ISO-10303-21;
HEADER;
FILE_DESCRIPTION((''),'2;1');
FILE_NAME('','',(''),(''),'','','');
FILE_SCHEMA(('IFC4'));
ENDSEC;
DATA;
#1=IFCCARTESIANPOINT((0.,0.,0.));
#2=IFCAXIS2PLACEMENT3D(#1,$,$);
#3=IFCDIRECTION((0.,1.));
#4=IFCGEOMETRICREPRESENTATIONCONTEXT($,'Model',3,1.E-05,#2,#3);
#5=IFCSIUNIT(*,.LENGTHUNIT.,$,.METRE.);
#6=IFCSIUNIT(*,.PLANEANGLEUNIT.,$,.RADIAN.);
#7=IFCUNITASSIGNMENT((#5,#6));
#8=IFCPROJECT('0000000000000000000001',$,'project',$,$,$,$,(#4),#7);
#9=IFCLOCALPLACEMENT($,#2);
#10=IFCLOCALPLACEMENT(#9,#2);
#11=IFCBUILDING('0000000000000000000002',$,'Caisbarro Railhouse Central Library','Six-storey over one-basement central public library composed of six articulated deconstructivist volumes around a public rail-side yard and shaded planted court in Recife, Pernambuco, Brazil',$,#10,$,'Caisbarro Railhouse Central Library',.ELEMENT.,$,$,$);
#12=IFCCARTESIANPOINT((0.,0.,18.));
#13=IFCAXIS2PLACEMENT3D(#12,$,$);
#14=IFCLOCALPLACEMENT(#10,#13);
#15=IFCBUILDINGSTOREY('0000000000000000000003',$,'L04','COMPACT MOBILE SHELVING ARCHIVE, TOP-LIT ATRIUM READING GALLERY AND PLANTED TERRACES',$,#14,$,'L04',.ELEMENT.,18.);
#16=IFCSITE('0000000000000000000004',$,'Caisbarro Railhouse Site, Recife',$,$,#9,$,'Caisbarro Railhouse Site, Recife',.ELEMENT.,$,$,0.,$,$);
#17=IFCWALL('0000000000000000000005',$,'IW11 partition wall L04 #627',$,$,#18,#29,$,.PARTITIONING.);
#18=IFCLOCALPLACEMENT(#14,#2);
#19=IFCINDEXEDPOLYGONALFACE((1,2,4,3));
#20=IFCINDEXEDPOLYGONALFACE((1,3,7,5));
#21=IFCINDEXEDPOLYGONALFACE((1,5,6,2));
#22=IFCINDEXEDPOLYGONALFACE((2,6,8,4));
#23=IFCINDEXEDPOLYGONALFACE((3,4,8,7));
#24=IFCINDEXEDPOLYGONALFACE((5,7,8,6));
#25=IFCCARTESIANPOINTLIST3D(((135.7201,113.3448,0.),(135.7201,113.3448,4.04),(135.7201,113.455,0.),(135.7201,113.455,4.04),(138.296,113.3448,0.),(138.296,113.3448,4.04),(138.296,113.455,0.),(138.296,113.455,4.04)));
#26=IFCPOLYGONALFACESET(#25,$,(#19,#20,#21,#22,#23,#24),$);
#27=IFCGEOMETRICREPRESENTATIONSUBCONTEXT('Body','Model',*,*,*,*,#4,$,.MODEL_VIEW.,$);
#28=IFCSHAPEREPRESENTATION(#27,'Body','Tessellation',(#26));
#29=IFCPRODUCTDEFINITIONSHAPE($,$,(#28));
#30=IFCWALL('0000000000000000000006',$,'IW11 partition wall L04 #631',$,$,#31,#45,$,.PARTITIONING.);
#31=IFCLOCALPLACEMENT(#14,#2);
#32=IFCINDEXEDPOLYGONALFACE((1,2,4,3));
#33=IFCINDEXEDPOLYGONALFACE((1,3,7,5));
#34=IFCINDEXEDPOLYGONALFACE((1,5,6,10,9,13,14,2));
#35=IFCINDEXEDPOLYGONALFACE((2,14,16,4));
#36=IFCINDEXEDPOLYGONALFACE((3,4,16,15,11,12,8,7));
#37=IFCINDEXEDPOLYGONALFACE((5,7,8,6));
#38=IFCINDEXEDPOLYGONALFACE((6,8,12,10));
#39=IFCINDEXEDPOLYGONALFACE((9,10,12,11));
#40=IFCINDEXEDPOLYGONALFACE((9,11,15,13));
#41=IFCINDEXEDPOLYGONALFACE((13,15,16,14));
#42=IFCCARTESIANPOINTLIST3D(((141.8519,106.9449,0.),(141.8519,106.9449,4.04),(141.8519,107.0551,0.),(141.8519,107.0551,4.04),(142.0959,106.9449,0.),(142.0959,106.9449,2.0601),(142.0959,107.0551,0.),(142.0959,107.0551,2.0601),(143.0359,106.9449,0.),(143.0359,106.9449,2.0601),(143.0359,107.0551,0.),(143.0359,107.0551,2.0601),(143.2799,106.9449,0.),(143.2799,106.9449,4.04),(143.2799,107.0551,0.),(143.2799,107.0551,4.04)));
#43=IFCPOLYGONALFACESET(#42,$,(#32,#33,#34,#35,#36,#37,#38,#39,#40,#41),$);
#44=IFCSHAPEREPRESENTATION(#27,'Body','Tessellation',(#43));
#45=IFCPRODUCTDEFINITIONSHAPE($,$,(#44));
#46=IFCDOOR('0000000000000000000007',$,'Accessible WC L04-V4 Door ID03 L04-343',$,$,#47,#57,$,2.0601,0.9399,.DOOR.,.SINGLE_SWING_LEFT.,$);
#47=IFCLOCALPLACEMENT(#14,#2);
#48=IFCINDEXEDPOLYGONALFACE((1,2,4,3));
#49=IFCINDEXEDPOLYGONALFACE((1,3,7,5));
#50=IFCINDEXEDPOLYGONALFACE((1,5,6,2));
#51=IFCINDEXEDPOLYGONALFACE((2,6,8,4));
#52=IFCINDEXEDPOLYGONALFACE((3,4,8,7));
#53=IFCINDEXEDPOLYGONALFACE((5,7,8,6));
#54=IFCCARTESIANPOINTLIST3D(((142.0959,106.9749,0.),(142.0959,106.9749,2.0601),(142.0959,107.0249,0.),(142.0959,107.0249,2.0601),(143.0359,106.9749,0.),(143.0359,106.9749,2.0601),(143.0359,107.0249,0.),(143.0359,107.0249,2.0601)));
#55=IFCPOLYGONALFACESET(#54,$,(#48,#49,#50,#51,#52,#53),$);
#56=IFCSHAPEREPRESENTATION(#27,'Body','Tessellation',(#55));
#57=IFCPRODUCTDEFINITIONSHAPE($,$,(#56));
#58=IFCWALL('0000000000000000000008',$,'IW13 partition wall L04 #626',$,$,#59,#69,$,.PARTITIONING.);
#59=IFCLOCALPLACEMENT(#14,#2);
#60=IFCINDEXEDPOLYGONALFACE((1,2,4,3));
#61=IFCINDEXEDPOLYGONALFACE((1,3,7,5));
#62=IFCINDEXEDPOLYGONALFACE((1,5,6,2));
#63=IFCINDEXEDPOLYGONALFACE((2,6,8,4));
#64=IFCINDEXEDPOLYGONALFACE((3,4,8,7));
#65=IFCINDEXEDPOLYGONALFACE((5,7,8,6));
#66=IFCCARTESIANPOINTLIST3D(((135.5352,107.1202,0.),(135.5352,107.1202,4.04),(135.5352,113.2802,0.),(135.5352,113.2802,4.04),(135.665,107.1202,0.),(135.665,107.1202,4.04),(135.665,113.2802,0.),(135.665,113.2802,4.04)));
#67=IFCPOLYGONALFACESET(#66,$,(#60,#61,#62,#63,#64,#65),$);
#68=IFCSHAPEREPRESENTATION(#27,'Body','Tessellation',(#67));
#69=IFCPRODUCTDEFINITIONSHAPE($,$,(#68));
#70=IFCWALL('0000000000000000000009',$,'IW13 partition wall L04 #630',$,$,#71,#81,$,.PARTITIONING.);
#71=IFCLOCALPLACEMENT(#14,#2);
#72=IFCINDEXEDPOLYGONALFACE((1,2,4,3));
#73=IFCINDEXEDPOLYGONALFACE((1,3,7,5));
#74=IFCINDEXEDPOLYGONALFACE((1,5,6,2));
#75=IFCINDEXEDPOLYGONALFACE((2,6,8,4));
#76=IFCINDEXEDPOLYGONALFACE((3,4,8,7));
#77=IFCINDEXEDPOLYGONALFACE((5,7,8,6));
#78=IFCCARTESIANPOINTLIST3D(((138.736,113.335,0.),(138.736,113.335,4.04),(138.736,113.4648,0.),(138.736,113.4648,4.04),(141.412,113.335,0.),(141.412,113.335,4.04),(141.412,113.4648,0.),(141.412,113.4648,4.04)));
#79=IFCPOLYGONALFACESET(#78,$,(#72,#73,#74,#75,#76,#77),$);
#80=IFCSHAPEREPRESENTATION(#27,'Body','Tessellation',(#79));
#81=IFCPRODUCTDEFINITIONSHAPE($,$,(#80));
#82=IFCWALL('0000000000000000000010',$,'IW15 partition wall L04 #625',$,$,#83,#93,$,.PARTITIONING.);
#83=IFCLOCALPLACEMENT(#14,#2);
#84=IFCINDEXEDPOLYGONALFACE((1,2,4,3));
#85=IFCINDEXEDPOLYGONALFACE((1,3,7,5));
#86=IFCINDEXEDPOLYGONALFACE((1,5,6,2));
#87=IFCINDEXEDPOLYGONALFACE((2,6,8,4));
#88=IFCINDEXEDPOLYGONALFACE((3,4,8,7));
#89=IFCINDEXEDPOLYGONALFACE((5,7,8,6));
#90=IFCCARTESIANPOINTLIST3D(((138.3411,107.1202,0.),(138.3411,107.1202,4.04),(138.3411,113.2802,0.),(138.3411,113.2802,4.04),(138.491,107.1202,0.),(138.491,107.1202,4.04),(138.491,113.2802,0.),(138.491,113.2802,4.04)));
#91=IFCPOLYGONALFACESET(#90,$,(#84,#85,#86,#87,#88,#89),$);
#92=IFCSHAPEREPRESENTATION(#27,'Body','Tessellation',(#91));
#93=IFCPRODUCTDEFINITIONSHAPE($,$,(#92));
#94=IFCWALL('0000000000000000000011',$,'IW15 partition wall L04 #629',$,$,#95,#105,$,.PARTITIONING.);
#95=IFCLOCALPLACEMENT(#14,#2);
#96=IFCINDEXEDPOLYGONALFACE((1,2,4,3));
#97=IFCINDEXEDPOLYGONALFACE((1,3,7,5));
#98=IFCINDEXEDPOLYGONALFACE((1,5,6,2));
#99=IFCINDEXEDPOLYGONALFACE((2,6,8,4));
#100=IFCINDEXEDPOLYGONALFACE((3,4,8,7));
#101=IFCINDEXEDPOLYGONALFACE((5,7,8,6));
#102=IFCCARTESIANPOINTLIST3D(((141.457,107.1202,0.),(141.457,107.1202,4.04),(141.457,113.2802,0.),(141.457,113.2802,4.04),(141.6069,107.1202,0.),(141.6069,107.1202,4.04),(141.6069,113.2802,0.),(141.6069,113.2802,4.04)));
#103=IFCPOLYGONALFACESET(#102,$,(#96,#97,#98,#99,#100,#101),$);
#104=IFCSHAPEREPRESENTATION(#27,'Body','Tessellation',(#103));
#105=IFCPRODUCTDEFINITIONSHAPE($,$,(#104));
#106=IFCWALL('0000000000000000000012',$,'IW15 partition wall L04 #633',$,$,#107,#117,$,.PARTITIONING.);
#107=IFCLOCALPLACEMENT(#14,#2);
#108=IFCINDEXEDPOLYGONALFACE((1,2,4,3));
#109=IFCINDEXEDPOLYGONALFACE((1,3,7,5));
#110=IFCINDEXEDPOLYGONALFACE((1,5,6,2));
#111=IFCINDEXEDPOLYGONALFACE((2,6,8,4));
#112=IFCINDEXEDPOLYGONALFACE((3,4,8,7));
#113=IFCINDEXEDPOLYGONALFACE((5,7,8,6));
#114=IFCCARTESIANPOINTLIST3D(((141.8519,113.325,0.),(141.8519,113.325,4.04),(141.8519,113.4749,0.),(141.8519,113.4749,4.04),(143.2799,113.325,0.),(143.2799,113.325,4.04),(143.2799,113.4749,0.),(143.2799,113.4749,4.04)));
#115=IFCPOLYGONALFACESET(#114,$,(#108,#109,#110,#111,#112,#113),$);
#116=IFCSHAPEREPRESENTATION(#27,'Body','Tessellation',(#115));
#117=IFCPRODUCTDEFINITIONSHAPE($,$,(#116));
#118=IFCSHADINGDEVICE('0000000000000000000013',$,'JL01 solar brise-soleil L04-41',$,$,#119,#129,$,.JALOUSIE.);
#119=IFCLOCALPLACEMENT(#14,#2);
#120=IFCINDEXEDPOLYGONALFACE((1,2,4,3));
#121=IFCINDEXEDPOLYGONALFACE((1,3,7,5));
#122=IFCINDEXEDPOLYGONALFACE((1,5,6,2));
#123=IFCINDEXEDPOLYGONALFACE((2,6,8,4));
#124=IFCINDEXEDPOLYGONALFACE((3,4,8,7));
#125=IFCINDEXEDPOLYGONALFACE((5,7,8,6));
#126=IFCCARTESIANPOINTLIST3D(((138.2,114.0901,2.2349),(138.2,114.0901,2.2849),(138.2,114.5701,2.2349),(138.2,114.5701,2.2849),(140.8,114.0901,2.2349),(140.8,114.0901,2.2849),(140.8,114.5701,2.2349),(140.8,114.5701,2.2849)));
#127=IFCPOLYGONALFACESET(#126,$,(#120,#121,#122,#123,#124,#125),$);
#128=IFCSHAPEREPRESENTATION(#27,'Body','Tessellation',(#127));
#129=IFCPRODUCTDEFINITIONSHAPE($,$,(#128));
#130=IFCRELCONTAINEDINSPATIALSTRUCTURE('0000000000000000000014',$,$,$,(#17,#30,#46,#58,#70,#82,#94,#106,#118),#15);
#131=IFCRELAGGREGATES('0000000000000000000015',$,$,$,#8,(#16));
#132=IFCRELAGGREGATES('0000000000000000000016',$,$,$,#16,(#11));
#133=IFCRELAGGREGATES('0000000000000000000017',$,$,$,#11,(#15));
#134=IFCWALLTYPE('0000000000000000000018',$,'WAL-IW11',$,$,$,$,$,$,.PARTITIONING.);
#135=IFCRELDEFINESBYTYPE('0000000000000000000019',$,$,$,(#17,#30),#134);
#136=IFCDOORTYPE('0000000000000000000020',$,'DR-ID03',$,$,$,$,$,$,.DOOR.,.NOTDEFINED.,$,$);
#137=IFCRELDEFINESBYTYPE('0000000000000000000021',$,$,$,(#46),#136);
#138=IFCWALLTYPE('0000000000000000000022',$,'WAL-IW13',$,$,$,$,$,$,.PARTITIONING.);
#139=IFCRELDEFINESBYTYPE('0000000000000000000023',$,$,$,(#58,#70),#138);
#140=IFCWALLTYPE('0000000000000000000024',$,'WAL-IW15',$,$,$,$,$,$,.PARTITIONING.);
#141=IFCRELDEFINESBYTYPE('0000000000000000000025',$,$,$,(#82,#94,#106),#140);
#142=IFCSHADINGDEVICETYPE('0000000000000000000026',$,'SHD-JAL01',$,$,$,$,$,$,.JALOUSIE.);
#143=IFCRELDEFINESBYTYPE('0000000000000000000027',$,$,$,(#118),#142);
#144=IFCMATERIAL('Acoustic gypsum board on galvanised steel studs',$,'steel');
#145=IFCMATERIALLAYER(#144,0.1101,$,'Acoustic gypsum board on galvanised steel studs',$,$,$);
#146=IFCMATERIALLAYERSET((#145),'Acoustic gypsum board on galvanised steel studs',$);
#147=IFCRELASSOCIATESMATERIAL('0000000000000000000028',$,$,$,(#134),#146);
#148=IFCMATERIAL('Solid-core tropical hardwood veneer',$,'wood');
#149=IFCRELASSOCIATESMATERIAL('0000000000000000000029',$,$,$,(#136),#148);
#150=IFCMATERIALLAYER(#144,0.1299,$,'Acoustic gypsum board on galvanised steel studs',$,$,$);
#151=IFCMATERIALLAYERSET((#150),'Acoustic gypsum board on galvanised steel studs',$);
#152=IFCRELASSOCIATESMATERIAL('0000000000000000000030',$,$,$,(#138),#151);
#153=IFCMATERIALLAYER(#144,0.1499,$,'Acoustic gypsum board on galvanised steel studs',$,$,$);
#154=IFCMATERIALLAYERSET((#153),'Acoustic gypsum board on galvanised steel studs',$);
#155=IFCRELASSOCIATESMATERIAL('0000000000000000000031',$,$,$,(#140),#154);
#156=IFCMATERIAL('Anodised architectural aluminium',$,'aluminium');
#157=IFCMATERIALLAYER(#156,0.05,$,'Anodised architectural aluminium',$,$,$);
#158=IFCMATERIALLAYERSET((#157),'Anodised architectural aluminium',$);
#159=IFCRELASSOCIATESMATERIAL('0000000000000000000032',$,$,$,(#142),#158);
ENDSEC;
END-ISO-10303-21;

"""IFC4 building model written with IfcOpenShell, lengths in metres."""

from ifc_helpers import new_model, si_unit, direction, frame, frame_2d, origin, origin_2d, place, context, subcontext, project, spatial, rectangle, extrude, material, layer, layer_set, type_object, element, fill, save


model = new_model("IFC4")

# Units and contexts
model_context = context("Model", 3, precision=1e-05, world=origin(), true_north=direction((0.0, 1.0)))
body_context = subcontext(model_context, "Body", "Model", "MODEL_VIEW")
ifc_project = project(units=[si_unit("LENGTHUNIT", "METRE"), si_unit("PLANEANGLEUNIT", "RADIAN")], contexts=[model_context])

# Site, building, storey
site_placement = place(None, origin())
site = spatial("IfcSite", under=ifc_project, at=site_placement, Name="Caisbarro Railhouse Site, Recife", LongName="Caisbarro Railhouse Site, Recife", CompositionType="ELEMENT", RefElevation=0.0)
building_placement = place(site_placement, origin())
building = spatial("IfcBuilding", under=site, at=building_placement, Name="Caisbarro Railhouse Central Library", Description="Six-storey over one-basement central public library composed of six articulated deconstructivist volumes around a public rail-side yard and shaded planted court in Recife, Pernambuco, Brazil", LongName="Caisbarro Railhouse Central Library", CompositionType="ELEMENT")
storey_placement = place(building_placement, frame((0.0, 0.0, 18.0)))
storey = spatial("IfcBuildingStorey", under=building, at=storey_placement, Name="L04", Description="COMPACT MOBILE SHELVING ARCHIVE, TOP-LIT ATRIUM READING GALLERY AND PLANTED TERRACES", LongName="L04", CompositionType="ELEMENT", Elevation=18.0)

# Shared definitions
ifc_material_1 = material(Name="Acoustic gypsum board on galvanised steel studs", Category="steel")
ifc_material_2 = material(Name="Solid-core tropical hardwood veneer", Category="wood")

# Wall
ifc_layer_1 = layer(ifc_material_1, 0.1101, Name="Acoustic gypsum board on galvanised steel studs")
ifc_layer_set_1 = layer_set([ifc_layer_1], Name="Acoustic gypsum board on galvanised steel studs")
wall_type_1 = type_object("IfcWallType", Name="WAL-IW11", PredefinedType="PARTITIONING", material=ifc_layer_set_1)
wall_1_placement = place(storey_placement, frame((135.72, 113.3999, 0.0), z_axis=(0.0, 0.0, 1.0), x_axis=(1.0, 0.0, 0.0)))
element("IfcWall", 1, at=wall_1_placement, inside=storey, type_object=wall_type_1, Name="IW11 partition wall L04 #627", PredefinedType="PARTITIONING", context=body_context, shape_type="SweptSolid", body=[
    extrude(rectangle(XDim=2.5759, YDim=0.1101, at=frame_2d((1.2881, 0.0))), origin(), (0.0, 0.0, 1.0), 4.04),
])

# Wall, opening, door
wall_2_placement = place(storey_placement, frame((141.8521, 107.0, 0.0), z_axis=(0.0, 0.0, 1.0), x_axis=(1.0, 0.0, 0.0)))
wall_2 = element("IfcWall", 2, at=wall_2_placement, inside=storey, type_object=wall_type_1, Name="IW11 partition wall L04 #631", PredefinedType="PARTITIONING", context=body_context, shape_type="SweptSolid", body=[
    extrude(rectangle(XDim=1.428, YDim=0.1101, at=frame_2d((0.7139, 0.0))), origin(), (0.0, 0.0, 1.0), 4.04),
])
opening_1_placement = place(wall_2_placement, frame((0.2439, 0.0, 0.0)))
opening_1 = element("IfcOpeningElement", 3, at=opening_1_placement, cuts=wall_2, PredefinedType="OPENING", context=body_context, shape_type="SweptSolid", body=[
    extrude(rectangle(XDim=0.9399, YDim=2.0601, at=frame_2d((0.47, 1.03))), frame((0.0, 0.0649, 0.0), z_axis=(0.0, -1.0, 0.0), x_axis=(1.0, 0.0, 0.0)), (0.0, 0.0, 1.0), 0.1301),
])
door_type_1 = type_object("IfcDoorType", Name="DR-ID03", OperationType="NOTDEFINED", PredefinedType="DOOR", material=ifc_material_2)
door_1_placement = place(opening_1_placement, origin())
door_1 = element("IfcDoor", 4, at=door_1_placement, inside=storey, type_object=door_type_1, Name="Accessible WC L04-V4 Door ID03 L04-343", OperationType="SINGLE_SWING_LEFT", OverallHeight=2.0601, OverallWidth=0.9399, PredefinedType="DOOR", context=body_context, shape_type="SweptSolid", body=[
    extrude(rectangle(XDim=0.9399, YDim=2.0601, at=frame_2d((0.47, 1.03))), frame((0.0, 0.0249, 0.0), z_axis=(0.0, -1.0, 0.0), x_axis=(1.0, 0.0, 0.0)), (0.0, 0.0, 1.0), 0.05),
])
fill(opening_1, door_1)

# Walls
ifc_layer_2 = layer(ifc_material_1, 0.1299, Name="Acoustic gypsum board on galvanised steel studs")
ifc_layer_set_2 = layer_set([ifc_layer_2], Name="Acoustic gypsum board on galvanised steel studs")
wall_type_2 = type_object("IfcWallType", Name="WAL-IW13", PredefinedType="PARTITIONING", material=ifc_layer_set_2)
wall_3_placement = place(storey_placement, frame((135.6001, 107.1201, 0.0), z_axis=(0.0, 0.0, 1.0), x_axis=(0.0, 1.0, 0.0)))
element("IfcWall", 5, at=wall_3_placement, inside=storey, type_object=wall_type_2, Name="IW13 partition wall L04 #626", PredefinedType="PARTITIONING", context=body_context, shape_type="SweptSolid", body=[
    extrude(rectangle(XDim=6.1599, YDim=0.1299, at=frame_2d((3.0801, 0.0))), origin(), (0.0, 0.0, 1.0), 4.04),
])
wall_4_placement = place(storey_placement, frame((138.7361, 113.3999, 0.0), z_axis=(0.0, 0.0, 1.0), x_axis=(1.0, 0.0, 0.0)))
element("IfcWall", 6, at=wall_4_placement, inside=storey, type_object=wall_type_2, Name="IW13 partition wall L04 #630", PredefinedType="PARTITIONING", context=body_context, shape_type="SweptSolid", body=[
    extrude(rectangle(XDim=2.676, YDim=0.1299, at=frame_2d((1.3379, 0.0))), origin(), (0.0, 0.0, 1.0), 4.04),
])
ifc_layer_3 = layer(ifc_material_1, 0.1499, Name="Acoustic gypsum board on galvanised steel studs")
ifc_layer_set_3 = layer_set([ifc_layer_3], Name="Acoustic gypsum board on galvanised steel studs")
wall_type_3 = type_object("IfcWallType", Name="WAL-IW15", PredefinedType="PARTITIONING", material=ifc_layer_set_3)
for number, where, z_axis, x_axis, name in (
    (7, (138.416, 107.1201, 0.0), (0.0, 0.0, 1.0), (0.0, 1.0, 0.0), "IW15 partition wall L04 #625"),
    (8, (141.532, 107.1201, 0.0), (0.0, 0.0, 1.0), (0.0, 1.0, 0.0), "IW15 partition wall L04 #629"),
):
    element("IfcWall", number, at=place(storey_placement, frame(where, z_axis=z_axis, x_axis=x_axis)), inside=storey, type_object=wall_type_3, Name=name, PredefinedType="PARTITIONING", context=body_context, shape_type="SweptSolid", body=[
        extrude(rectangle(XDim=6.1599, YDim=0.1499, at=frame_2d((3.0801, 0.0))), origin(), (0.0, 0.0, 1.0), 4.04),
    ])
wall_5_placement = place(storey_placement, frame((141.8521, 113.3999, 0.0), z_axis=(0.0, 0.0, 1.0), x_axis=(1.0, 0.0, 0.0)))
element("IfcWall", 9, at=wall_5_placement, inside=storey, type_object=wall_type_3, Name="IW15 partition wall L04 #633", PredefinedType="PARTITIONING", context=body_context, shape_type="SweptSolid", body=[
    extrude(rectangle(XDim=1.428, YDim=0.1499, at=frame_2d((0.7139, 0.0))), origin(), (0.0, 0.0, 1.0), 4.04),
])

# Shading device
ifc_material_3 = material(Name="Anodised architectural aluminium", Category="aluminium")
ifc_layer_4 = layer(ifc_material_3, 0.05, Name="Anodised architectural aluminium")
ifc_layer_set_4 = layer_set([ifc_layer_4], Name="Anodised architectural aluminium")
shading_device_type = type_object("IfcShadingDeviceType", Name="SHD-JAL01", PredefinedType="JALOUSIE", material=ifc_layer_set_4)
shading_device_placement = place(storey_placement, frame((139.5, 114.3301, 2.2349), z_axis=(0.0, 0.0, 1.0), x_axis=(1.0, 0.0, 0.0)))
element("IfcShadingDevice", 10, at=shading_device_placement, inside=storey, type_object=shading_device_type, Name="JL01 solar brise-soleil L04-41", PredefinedType="JALOUSIE", context=body_context, shape_type="SweptSolid", body=[
    extrude(rectangle(XDim=2.6001, YDim=0.48, at=origin_2d()), origin(), (0.0, 0.0, 1.0), 0.05),
])

save(model, "model.ifc")
